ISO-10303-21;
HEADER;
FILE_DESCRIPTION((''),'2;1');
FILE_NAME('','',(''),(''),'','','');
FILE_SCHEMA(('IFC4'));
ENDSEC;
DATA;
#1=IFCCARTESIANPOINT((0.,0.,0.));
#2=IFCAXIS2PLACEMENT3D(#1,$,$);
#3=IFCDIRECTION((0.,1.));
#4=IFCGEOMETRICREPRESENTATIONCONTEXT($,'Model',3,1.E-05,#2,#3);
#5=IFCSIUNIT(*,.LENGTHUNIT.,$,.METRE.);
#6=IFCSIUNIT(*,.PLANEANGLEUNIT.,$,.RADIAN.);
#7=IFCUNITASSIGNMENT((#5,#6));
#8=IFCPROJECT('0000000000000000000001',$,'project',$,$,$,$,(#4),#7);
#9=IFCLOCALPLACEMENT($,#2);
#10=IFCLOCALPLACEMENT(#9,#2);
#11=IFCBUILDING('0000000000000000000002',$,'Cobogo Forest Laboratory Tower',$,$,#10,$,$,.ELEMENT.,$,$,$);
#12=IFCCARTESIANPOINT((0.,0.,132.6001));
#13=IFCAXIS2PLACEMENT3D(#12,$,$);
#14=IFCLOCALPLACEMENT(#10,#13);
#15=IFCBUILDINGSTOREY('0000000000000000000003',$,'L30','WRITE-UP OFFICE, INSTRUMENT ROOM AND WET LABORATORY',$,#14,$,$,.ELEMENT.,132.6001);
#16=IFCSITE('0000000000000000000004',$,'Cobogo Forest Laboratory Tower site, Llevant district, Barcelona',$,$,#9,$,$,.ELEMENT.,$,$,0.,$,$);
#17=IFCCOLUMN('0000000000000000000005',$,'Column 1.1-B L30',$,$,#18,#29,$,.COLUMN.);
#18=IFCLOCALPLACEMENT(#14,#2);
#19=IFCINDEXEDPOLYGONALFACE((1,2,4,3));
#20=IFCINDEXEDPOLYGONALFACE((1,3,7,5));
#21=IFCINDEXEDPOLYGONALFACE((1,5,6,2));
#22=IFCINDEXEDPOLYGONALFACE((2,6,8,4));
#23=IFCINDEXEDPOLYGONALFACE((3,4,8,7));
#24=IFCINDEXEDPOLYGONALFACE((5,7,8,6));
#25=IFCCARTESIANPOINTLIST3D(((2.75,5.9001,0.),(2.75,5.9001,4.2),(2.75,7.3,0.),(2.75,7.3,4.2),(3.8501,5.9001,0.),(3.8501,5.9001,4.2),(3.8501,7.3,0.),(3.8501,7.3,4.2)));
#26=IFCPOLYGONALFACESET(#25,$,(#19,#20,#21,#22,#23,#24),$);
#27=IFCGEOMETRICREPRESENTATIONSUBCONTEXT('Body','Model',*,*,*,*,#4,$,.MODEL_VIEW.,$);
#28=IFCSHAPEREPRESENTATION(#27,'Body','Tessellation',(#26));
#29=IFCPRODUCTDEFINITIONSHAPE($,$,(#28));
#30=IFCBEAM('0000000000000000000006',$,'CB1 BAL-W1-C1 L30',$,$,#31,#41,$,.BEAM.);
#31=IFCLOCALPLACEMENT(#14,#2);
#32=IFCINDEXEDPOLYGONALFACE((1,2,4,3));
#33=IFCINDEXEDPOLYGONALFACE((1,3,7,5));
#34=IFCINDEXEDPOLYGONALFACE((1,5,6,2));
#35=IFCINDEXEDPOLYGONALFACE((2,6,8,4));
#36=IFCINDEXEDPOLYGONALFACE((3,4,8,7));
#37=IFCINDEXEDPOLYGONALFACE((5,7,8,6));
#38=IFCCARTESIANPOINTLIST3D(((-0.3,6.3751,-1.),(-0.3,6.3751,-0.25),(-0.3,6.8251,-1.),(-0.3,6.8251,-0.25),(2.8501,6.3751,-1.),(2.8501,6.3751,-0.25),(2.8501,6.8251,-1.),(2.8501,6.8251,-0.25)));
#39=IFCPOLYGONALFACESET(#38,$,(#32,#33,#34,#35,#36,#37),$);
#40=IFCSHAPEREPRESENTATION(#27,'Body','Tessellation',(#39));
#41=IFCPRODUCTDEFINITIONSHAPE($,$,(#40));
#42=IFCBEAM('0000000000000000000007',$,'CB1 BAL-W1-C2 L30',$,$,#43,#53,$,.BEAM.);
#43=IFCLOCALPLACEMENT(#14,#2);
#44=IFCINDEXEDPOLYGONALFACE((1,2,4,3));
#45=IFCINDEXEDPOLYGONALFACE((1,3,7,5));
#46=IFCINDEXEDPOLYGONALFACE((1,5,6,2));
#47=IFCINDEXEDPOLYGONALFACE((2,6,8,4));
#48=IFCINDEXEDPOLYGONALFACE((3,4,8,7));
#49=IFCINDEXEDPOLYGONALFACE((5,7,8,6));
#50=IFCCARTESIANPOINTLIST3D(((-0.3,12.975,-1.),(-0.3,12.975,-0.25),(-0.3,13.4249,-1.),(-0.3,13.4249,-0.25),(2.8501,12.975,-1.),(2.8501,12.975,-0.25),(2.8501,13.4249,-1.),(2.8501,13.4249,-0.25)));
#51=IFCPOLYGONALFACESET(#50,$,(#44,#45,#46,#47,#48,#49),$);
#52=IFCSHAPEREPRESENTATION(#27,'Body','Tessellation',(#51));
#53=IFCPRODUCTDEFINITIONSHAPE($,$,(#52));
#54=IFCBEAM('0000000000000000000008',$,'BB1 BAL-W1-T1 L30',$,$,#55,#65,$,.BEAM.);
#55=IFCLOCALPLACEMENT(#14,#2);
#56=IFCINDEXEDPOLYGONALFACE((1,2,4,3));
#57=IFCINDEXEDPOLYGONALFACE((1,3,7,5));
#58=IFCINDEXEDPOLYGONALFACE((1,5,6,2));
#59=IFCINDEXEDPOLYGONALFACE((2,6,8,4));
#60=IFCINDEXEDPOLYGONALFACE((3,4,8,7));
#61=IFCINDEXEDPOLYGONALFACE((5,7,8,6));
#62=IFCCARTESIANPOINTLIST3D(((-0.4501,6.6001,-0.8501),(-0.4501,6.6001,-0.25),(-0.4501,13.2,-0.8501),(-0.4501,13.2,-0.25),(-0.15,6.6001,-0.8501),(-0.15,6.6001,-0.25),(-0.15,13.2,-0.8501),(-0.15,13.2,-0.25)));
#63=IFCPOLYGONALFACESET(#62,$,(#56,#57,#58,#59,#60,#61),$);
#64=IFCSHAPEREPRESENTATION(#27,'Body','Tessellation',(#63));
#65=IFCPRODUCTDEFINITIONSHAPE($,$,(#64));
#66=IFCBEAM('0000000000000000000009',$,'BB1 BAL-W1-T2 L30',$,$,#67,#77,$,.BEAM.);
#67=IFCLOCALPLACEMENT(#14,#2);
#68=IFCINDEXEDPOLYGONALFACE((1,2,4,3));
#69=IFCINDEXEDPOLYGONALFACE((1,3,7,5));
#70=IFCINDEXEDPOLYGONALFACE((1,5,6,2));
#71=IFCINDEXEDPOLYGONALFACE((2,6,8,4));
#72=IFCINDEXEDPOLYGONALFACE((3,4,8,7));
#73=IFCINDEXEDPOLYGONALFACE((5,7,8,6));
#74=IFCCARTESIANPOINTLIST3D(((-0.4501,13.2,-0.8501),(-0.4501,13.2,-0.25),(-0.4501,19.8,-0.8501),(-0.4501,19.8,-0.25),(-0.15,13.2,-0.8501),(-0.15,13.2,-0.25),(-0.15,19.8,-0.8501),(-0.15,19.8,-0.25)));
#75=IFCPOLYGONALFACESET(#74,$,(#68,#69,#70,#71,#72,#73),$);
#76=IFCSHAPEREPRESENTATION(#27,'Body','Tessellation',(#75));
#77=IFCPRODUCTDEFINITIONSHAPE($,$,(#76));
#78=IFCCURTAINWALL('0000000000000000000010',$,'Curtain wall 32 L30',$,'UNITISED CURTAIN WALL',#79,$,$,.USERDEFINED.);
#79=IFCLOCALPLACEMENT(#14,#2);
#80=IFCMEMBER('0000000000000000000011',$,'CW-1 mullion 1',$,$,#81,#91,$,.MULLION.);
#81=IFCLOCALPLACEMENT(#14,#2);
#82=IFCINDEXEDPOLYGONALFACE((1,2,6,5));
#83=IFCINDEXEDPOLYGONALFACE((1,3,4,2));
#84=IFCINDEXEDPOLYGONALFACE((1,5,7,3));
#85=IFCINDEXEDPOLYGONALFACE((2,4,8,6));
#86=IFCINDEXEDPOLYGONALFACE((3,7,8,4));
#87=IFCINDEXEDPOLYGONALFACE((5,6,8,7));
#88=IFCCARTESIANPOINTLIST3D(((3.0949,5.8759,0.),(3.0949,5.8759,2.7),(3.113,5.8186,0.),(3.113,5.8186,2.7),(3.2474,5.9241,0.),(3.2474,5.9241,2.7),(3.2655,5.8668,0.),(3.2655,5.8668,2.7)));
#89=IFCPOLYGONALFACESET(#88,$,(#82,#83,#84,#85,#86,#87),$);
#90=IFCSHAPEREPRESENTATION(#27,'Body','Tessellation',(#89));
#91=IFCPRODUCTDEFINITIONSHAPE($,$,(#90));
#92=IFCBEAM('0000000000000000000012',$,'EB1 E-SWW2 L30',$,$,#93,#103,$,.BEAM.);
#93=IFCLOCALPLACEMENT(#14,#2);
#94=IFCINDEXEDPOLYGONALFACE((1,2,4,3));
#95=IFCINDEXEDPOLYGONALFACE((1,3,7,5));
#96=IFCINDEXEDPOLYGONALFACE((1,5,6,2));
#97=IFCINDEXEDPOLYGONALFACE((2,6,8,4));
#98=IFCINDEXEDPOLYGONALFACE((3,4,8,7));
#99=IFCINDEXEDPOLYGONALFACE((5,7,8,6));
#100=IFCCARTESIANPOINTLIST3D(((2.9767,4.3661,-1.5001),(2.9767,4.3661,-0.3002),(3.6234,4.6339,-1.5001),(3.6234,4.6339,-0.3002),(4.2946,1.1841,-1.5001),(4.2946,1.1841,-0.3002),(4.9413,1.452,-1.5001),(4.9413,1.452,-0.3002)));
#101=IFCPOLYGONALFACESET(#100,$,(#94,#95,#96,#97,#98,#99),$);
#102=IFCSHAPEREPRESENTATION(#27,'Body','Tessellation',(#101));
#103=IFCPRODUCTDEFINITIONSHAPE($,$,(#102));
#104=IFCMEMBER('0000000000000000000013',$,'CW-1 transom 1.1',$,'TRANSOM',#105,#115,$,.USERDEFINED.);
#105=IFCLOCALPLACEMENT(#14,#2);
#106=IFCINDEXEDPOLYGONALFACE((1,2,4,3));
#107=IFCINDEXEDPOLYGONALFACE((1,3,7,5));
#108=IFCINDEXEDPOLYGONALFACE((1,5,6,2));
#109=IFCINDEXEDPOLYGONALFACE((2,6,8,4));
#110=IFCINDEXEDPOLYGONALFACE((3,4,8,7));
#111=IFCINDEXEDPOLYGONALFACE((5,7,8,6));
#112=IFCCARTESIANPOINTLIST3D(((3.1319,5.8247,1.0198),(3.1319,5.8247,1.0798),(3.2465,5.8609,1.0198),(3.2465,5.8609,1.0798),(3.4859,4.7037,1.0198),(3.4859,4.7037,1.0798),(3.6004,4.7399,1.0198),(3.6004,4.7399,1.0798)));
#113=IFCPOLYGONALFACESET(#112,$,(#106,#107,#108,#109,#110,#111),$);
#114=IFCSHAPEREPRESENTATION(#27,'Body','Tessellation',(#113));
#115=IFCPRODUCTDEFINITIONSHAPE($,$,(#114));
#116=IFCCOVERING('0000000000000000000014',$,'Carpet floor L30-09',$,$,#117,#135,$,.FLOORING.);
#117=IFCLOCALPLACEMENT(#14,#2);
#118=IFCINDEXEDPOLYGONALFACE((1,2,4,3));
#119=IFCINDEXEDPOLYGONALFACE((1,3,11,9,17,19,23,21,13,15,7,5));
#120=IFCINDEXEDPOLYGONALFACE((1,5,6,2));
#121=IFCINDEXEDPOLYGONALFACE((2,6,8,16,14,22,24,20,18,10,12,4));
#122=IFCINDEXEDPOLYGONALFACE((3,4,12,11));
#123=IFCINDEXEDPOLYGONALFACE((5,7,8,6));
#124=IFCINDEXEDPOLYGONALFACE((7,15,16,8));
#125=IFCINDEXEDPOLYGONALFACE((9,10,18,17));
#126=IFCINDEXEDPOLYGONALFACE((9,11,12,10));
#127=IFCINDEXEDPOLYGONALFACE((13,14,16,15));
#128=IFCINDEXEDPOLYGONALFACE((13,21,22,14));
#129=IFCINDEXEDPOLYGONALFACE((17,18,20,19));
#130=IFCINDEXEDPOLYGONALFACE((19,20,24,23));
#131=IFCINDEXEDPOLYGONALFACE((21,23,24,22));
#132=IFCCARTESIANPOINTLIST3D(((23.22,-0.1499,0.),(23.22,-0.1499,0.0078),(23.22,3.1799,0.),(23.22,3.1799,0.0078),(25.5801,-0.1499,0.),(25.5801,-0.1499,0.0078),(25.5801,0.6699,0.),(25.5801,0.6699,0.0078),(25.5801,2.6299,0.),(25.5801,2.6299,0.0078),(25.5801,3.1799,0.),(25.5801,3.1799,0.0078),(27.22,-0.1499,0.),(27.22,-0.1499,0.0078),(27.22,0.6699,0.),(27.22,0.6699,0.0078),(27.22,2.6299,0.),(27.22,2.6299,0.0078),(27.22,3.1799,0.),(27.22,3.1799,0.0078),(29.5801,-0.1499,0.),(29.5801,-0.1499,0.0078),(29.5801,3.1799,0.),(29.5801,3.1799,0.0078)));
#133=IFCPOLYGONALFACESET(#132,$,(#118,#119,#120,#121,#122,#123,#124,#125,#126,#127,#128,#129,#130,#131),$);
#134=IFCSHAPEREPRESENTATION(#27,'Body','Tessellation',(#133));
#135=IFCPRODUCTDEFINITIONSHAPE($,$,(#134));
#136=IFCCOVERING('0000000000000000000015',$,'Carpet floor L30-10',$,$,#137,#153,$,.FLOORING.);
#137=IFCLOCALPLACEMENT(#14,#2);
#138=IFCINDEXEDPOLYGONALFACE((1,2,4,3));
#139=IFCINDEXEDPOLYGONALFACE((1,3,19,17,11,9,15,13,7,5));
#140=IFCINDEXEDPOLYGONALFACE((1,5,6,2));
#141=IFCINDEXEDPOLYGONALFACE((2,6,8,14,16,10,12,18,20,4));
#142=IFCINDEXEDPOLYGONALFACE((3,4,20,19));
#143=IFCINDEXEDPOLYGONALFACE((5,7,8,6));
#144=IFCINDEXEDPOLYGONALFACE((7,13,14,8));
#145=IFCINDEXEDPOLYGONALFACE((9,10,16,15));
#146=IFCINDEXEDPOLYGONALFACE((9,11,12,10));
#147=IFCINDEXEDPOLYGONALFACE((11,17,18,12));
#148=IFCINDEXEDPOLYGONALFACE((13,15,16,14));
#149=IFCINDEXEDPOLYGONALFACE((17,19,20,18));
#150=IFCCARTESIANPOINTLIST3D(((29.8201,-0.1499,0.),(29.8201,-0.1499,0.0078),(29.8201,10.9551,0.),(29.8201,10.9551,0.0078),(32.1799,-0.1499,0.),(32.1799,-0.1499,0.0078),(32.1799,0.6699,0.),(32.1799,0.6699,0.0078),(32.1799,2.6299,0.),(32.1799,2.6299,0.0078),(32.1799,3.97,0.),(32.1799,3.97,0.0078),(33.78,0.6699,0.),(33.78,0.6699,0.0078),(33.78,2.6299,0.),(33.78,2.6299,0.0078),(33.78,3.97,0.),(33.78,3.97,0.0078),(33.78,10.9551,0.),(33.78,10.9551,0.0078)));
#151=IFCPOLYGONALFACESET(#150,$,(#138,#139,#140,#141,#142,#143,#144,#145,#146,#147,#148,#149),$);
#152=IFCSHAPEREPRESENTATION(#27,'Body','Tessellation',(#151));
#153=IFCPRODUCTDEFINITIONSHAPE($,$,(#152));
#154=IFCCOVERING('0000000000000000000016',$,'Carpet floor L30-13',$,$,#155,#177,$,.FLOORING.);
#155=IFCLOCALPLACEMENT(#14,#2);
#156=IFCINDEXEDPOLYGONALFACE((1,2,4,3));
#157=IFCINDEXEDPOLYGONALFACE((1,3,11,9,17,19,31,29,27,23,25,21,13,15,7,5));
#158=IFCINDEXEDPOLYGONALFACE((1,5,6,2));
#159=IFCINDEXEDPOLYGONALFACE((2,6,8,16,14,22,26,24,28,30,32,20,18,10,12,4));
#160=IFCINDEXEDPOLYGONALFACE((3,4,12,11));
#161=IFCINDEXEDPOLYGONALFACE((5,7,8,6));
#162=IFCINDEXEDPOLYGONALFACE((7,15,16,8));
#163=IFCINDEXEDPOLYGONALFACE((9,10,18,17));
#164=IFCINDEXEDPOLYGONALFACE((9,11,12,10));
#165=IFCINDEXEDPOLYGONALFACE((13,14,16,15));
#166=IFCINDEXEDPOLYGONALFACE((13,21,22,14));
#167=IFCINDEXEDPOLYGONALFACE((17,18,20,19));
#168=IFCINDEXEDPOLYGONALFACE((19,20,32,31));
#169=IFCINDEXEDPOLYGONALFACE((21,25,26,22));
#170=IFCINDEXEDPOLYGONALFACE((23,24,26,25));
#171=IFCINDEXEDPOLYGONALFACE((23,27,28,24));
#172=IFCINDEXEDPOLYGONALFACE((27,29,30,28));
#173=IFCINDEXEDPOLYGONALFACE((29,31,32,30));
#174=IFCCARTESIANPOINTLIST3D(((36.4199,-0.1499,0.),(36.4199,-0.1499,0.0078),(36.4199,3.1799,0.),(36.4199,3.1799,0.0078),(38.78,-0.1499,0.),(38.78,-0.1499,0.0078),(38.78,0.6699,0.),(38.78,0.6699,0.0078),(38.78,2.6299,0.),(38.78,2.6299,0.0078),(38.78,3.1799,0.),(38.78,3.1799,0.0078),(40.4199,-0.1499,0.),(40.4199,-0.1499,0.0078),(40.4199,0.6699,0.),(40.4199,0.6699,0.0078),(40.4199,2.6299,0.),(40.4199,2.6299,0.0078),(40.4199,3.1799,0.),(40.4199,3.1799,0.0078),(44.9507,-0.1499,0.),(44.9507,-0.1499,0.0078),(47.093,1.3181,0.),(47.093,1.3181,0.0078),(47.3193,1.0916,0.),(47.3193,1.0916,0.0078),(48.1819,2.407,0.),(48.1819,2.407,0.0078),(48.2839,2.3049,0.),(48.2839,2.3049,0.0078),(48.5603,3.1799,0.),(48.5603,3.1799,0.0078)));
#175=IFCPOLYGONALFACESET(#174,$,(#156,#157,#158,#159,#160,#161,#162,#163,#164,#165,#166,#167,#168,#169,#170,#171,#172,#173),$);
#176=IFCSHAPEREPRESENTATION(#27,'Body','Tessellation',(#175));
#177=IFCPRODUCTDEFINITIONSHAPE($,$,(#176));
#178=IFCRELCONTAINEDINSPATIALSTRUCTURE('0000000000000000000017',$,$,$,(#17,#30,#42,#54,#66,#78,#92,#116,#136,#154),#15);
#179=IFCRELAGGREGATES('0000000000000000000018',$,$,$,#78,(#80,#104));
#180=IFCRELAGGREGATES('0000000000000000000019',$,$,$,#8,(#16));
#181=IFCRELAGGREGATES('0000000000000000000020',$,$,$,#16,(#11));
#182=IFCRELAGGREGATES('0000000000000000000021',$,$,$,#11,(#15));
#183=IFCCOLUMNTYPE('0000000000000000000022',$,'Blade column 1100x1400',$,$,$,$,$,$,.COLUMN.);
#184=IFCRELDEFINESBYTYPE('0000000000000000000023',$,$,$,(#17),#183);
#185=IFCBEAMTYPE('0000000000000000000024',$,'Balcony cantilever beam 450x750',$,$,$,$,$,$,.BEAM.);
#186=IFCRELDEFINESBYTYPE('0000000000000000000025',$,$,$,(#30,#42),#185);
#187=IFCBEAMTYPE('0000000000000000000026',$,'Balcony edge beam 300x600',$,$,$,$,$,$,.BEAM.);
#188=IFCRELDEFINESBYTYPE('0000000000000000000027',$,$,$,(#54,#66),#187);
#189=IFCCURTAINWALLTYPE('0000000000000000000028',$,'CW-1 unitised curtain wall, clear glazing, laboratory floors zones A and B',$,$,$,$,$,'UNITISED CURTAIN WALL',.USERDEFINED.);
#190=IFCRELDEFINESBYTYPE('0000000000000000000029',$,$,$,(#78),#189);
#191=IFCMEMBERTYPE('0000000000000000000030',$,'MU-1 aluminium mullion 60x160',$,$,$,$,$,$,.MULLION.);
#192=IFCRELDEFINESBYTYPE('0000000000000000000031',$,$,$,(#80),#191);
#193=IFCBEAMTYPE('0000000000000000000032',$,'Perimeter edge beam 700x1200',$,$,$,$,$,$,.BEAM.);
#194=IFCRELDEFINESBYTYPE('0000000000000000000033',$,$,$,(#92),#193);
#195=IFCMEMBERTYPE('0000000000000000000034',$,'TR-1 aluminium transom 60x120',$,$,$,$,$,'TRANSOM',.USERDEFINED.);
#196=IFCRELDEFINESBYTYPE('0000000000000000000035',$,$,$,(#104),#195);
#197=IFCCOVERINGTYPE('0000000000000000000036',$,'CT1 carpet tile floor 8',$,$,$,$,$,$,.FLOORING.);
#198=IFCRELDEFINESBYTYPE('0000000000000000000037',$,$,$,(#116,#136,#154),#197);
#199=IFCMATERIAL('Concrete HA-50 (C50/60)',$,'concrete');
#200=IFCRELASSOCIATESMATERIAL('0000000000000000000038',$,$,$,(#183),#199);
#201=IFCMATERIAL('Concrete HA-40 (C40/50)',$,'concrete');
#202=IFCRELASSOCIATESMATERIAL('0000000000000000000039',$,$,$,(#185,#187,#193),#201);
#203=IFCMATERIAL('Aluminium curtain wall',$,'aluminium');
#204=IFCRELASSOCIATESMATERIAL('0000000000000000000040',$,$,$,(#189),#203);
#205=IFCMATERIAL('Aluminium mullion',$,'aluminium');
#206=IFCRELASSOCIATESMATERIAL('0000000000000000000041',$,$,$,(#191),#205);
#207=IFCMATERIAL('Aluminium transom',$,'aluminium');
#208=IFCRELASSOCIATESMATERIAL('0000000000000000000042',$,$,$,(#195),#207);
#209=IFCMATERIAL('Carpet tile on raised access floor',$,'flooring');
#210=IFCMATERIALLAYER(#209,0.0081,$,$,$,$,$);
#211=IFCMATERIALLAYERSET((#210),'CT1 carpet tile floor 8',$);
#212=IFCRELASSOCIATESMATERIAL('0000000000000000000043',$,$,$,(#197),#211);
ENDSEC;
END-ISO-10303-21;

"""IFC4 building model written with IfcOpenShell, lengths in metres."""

from ifc_helpers import new_model, si_unit, direction, frame, origin, origin_2d, place, context, subcontext, project, spatial, polyline, rectangle, outline, extrude, material, layer, layer_set, material_profile, profile_set, type_object, element, aggregate, save


model = new_model("IFC4")

# Units and contexts
model_context = context("Model", 3, precision=1e-05, world=origin(), true_north=direction((0.0, 1.0)))
body_context = subcontext(model_context, "Body", "Model", "MODEL_VIEW")
ifc_project = project(units=[si_unit("LENGTHUNIT", "METRE"), si_unit("PLANEANGLEUNIT", "RADIAN")], contexts=[model_context])

# Site, building, storey
site_placement = place(None, origin())
site = spatial("IfcSite", under=ifc_project, at=site_placement, Name="Cobogo Forest Laboratory Tower site, Llevant district, Barcelona", CompositionType="ELEMENT", RefElevation=0.0)
building_placement = place(site_placement, origin())
building = spatial("IfcBuilding", under=site, at=building_placement, Name="Cobogo Forest Laboratory Tower", CompositionType="ELEMENT")
storey_placement = place(building_placement, frame((0.0, 0.0, 132.6001)))
storey = spatial("IfcBuildingStorey", under=building, at=storey_placement, Name="L30", Description="WRITE-UP OFFICE, INSTRUMENT ROOM AND WET LABORATORY", CompositionType="ELEMENT", Elevation=132.6001)

# Column
ifc_material_1 = material(Name="Concrete HA-50 (C50/60)", Category="concrete")
ifc_material_profile_1 = material_profile(ifc_material_1, rectangle(XDim=1.3999, YDim=1.1001, at=origin_2d()), Name="RC 1100x1400")
ifc_profile_set_1 = profile_set([ifc_material_profile_1], Name="Concrete HA-50 (C50/60)")
column_type = type_object("IfcColumnType", Name="Blade column 1100x1400", PredefinedType="COLUMN", material=ifc_profile_set_1)
column_placement = place(storey_placement, frame((3.3, 6.6001, 0.0), z_axis=(0.0, 0.0, 1.0), x_axis=(0.0, 1.0, 0.0)))
element("IfcColumn", 1, at=column_placement, inside=storey, type_object=column_type, Name="Column 1.1-B L30", PredefinedType="COLUMN", context=body_context, shape_type="SweptSolid", body=[
    extrude(rectangle(XDim=1.3999, YDim=1.1001, at=origin_2d()), origin(), (0.0, 0.0, 1.0), 4.2),
])

# Beams
ifc_material_2 = material(Name="Concrete HA-40 (C40/50)", Category="concrete")
ifc_material_profile_2 = material_profile(ifc_material_2, rectangle(XDim=0.45, YDim=0.75, at=origin_2d()), Name="RC 450x750")
ifc_profile_set_2 = profile_set([ifc_material_profile_2], Name="Concrete HA-40 (C40/50)")
beam_type_1 = type_object("IfcBeamType", Name="Balcony cantilever beam 450x750", PredefinedType="BEAM", material=ifc_profile_set_2)
for number, where, z_axis, x_axis, name in (
    (2, (2.8501, 6.6001, -0.625), (-1.0, 0.0, 0.0), (0.0, -1.0, 0.0), "CB1 BAL-W1-C1 L30"),
    (3, (2.8501, 13.2, -0.625), (-1.0, 0.0, 0.0), (0.0, -1.0, 0.0), "CB1 BAL-W1-C2 L30"),
):
    element("IfcBeam", number, at=place(storey_placement, frame(where, z_axis=z_axis, x_axis=x_axis)), inside=storey, type_object=beam_type_1, Name=name, PredefinedType="BEAM", context=body_context, shape_type="SweptSolid", body=[
        extrude(rectangle(XDim=0.45, YDim=0.75, at=origin_2d()), origin(), (0.0, 0.0, 1.0), 3.1501),
    ])
ifc_material_profile_3 = material_profile(ifc_material_2, rectangle(XDim=0.3, YDim=0.6001, at=origin_2d()), Name="RC 300x600")
ifc_profile_set_3 = profile_set([ifc_material_profile_3], Name="Concrete HA-40 (C40/50)")
beam_type_2 = type_object("IfcBeamType", Name="Balcony edge beam 300x600", PredefinedType="BEAM", material=ifc_profile_set_3)
beam_1_placement = place(storey_placement, frame((-0.3, 6.6001, -0.55), z_axis=(0.0, 1.0, 0.0), x_axis=(-1.0, 0.0, 0.0)))
element("IfcBeam", 4, at=beam_1_placement, inside=storey, type_object=beam_type_2, Name="BB1 BAL-W1-T1 L30", PredefinedType="BEAM", context=body_context, shape_type="SweptSolid", body=[
    extrude(rectangle(XDim=0.3, YDim=0.6001, at=origin_2d()), origin(), (0.0, 0.0, 1.0), 6.5999),
])
beam_2_placement = place(storey_placement, frame((-0.3, 13.2, -0.55), z_axis=(0.0, 1.0, 0.0), x_axis=(-1.0, 0.0, 0.0)))
element("IfcBeam", 5, at=beam_2_placement, inside=storey, type_object=beam_type_2, Name="BB1 BAL-W1-T2 L30", PredefinedType="BEAM", context=body_context, shape_type="SweptSolid", body=[
    extrude(rectangle(XDim=0.3, YDim=0.6001, at=origin_2d()), origin(), (0.0, 0.0, 1.0), 6.6001),
])

# Curtain wall, member
ifc_material_3 = material(Name="Aluminium curtain wall", Category="aluminium")
curtain_wall_type = type_object("IfcCurtainWallType", Name="CW-1 unitised curtain wall, clear glazing, laboratory floors zones A and B", ElementType="UNITISED CURTAIN WALL", PredefinedType="USERDEFINED", material=ifc_material_3)
curtain_wall_placement = place(storey_placement, origin())
curtain_wall = element("IfcCurtainWall", 6, at=curtain_wall_placement, inside=storey, type_object=curtain_wall_type, Name="Curtain wall 32 L30", ObjectType="UNITISED CURTAIN WALL", PredefinedType="USERDEFINED")
ifc_material_4 = material(Name="Aluminium mullion", Category="aluminium")
ifc_material_profile_4 = material_profile(ifc_material_4, rectangle(XDim=0.0601, YDim=0.1599, at=origin_2d()), Name="AL 60x160")
ifc_profile_set_4 = profile_set([ifc_material_profile_4], Name="Aluminium mullion")
member_type_1 = type_object("IfcMemberType", Name="MU-1 aluminium mullion 60x160", PredefinedType="MULLION", material=ifc_profile_set_4)
member_1_placement = place(storey_placement, frame((3.1802, 5.8713, 0.0), z_axis=(0.0, 0.0, 1.0), x_axis=(0.301135, -0.953581, 0.0)))
member_1 = element("IfcMember", 7, at=member_1_placement, type_object=member_type_1, Name="CW-1 mullion 1", PredefinedType="MULLION", context=body_context, shape_type="SweptSolid", body=[
    extrude(rectangle(XDim=0.0601, YDim=0.1599, at=origin_2d()), origin(), (0.0, 0.0, 1.0), 2.7),
])

# Beam
ifc_material_profile_5 = material_profile(ifc_material_2, rectangle(XDim=0.7, YDim=1.2, at=origin_2d()), Name="RC 700x1200")
ifc_profile_set_5 = profile_set([ifc_material_profile_5], Name="Concrete HA-40 (C40/50)")
beam_type_3 = type_object("IfcBeamType", Name="Perimeter edge beam 700x1200", PredefinedType="BEAM", material=ifc_profile_set_5)
beam_3_placement = place(storey_placement, frame((3.3, 4.5, -0.9001), z_axis=(0.382656, -0.923891, 0.0), x_axis=(0.923891, 0.382656, 0.0)))
element("IfcBeam", 8, at=beam_3_placement, inside=storey, type_object=beam_type_3, Name="EB1 E-SWW2 L30", PredefinedType="BEAM", context=body_context, shape_type="SweptSolid", body=[
    extrude(rectangle(XDim=0.7, YDim=1.2, at=origin_2d()), origin(), (0.0, 0.0, 1.0), 3.4441),
])

# Member
ifc_material_5 = material(Name="Aluminium transom", Category="aluminium")
ifc_material_profile_6 = material_profile(ifc_material_5, rectangle(XDim=0.1201, YDim=0.0601, at=origin_2d()), Name="AL 60x120")
ifc_profile_set_6 = profile_set([ifc_material_profile_6], Name="Aluminium transom")
member_type_2 = type_object("IfcMemberType", Name="TR-1 aluminium transom 60x120", ElementType="TRANSOM", PredefinedType="USERDEFINED", material=ifc_profile_set_6)
member_2_placement = place(storey_placement, frame((3.1892, 5.8428, 1.0498), z_axis=(0.301111, -0.953589, 0.0), x_axis=(0.953589, 0.301111, 0.0)))
member_2 = element("IfcMember", 9, at=member_2_placement, type_object=member_type_2, Name="CW-1 transom 1.1", ObjectType="TRANSOM", PredefinedType="USERDEFINED", context=body_context, shape_type="SweptSolid", body=[
    extrude(rectangle(XDim=0.1201, YDim=0.0601, at=origin_2d()), origin(), (0.0, 0.0, 1.0), 1.1755),
])
aggregate(curtain_wall, [member_1, member_2])

# Coverings
ifc_material_6 = material(Name="Carpet tile on raised access floor", Category="flooring")
ifc_layer_1 = layer(ifc_material_6, 0.0081)
ifc_layer_set_1 = layer_set([ifc_layer_1], Name="CT1 carpet tile floor 8")
covering_type_1 = type_object("IfcCoveringType", Name="CT1 carpet tile floor 8", PredefinedType="FLOORING", material=ifc_layer_set_1)
covering_1_placement = place(storey_placement, origin())
element("IfcCovering", 10, at=covering_1_placement, inside=storey, type_object=covering_type_1, Name="Carpet floor L30-09", PredefinedType="FLOORING", context=body_context, shape_type="SweptSolid", body=[
    extrude(outline(polyline([(25.5801, 3.1799), (25.5801, 2.6299), (27.22, 2.6299), (27.22, 3.1799), (29.5801, 3.1799), (29.5801, -0.1499), (27.22, -0.1499), (27.22, 0.6699), (25.5801, 0.6699), (25.5801, -0.1499), (23.22, -0.1499), (23.22, 3.1799), (25.5801, 3.1799)])), origin(), (0.0, 0.0, 1.0), 0.0078),
])
covering_2_placement = place(storey_placement, origin())
element("IfcCovering", 11, at=covering_2_placement, inside=storey, type_object=covering_type_1, Name="Carpet floor L30-10", PredefinedType="FLOORING", context=body_context, shape_type="SweptSolid", body=[
    extrude(outline(polyline([(32.1799, 3.97), (32.1799, 2.6299), (33.78, 2.6299), (33.78, 0.6699), (32.1799, 0.6699), (32.1799, -0.1499), (29.8201, -0.1499), (29.8201, 10.9551), (33.78, 10.9551), (33.78, 3.97), (32.1799, 3.97)])), origin(), (0.0, 0.0, 1.0), 0.0078),
])
covering_3_placement = place(storey_placement, origin())
element("IfcCovering", 12, at=covering_3_placement, inside=storey, type_object=covering_type_1, Name="Carpet floor L30-13", PredefinedType="FLOORING", context=body_context, shape_type="SweptSolid", body=[
    extrude(outline(polyline([(38.78, 3.1799), (38.78, 2.6299), (40.4199, 2.6299), (40.4199, 3.1799), (48.5603, 3.1799), (48.2839, 2.3049), (48.1819, 2.407), (47.093, 1.3181), (47.3193, 1.0916), (44.9507, -0.1499), (40.4199, -0.1499), (40.4199, 0.6699), (38.78, 0.6699), (38.78, -0.1499), (36.4199, -0.1499), (36.4199, 3.1799), (38.78, 3.1799)])), origin(), (0.0, 0.0, 1.0), 0.0078),
])

save(model, "model.ifc")
